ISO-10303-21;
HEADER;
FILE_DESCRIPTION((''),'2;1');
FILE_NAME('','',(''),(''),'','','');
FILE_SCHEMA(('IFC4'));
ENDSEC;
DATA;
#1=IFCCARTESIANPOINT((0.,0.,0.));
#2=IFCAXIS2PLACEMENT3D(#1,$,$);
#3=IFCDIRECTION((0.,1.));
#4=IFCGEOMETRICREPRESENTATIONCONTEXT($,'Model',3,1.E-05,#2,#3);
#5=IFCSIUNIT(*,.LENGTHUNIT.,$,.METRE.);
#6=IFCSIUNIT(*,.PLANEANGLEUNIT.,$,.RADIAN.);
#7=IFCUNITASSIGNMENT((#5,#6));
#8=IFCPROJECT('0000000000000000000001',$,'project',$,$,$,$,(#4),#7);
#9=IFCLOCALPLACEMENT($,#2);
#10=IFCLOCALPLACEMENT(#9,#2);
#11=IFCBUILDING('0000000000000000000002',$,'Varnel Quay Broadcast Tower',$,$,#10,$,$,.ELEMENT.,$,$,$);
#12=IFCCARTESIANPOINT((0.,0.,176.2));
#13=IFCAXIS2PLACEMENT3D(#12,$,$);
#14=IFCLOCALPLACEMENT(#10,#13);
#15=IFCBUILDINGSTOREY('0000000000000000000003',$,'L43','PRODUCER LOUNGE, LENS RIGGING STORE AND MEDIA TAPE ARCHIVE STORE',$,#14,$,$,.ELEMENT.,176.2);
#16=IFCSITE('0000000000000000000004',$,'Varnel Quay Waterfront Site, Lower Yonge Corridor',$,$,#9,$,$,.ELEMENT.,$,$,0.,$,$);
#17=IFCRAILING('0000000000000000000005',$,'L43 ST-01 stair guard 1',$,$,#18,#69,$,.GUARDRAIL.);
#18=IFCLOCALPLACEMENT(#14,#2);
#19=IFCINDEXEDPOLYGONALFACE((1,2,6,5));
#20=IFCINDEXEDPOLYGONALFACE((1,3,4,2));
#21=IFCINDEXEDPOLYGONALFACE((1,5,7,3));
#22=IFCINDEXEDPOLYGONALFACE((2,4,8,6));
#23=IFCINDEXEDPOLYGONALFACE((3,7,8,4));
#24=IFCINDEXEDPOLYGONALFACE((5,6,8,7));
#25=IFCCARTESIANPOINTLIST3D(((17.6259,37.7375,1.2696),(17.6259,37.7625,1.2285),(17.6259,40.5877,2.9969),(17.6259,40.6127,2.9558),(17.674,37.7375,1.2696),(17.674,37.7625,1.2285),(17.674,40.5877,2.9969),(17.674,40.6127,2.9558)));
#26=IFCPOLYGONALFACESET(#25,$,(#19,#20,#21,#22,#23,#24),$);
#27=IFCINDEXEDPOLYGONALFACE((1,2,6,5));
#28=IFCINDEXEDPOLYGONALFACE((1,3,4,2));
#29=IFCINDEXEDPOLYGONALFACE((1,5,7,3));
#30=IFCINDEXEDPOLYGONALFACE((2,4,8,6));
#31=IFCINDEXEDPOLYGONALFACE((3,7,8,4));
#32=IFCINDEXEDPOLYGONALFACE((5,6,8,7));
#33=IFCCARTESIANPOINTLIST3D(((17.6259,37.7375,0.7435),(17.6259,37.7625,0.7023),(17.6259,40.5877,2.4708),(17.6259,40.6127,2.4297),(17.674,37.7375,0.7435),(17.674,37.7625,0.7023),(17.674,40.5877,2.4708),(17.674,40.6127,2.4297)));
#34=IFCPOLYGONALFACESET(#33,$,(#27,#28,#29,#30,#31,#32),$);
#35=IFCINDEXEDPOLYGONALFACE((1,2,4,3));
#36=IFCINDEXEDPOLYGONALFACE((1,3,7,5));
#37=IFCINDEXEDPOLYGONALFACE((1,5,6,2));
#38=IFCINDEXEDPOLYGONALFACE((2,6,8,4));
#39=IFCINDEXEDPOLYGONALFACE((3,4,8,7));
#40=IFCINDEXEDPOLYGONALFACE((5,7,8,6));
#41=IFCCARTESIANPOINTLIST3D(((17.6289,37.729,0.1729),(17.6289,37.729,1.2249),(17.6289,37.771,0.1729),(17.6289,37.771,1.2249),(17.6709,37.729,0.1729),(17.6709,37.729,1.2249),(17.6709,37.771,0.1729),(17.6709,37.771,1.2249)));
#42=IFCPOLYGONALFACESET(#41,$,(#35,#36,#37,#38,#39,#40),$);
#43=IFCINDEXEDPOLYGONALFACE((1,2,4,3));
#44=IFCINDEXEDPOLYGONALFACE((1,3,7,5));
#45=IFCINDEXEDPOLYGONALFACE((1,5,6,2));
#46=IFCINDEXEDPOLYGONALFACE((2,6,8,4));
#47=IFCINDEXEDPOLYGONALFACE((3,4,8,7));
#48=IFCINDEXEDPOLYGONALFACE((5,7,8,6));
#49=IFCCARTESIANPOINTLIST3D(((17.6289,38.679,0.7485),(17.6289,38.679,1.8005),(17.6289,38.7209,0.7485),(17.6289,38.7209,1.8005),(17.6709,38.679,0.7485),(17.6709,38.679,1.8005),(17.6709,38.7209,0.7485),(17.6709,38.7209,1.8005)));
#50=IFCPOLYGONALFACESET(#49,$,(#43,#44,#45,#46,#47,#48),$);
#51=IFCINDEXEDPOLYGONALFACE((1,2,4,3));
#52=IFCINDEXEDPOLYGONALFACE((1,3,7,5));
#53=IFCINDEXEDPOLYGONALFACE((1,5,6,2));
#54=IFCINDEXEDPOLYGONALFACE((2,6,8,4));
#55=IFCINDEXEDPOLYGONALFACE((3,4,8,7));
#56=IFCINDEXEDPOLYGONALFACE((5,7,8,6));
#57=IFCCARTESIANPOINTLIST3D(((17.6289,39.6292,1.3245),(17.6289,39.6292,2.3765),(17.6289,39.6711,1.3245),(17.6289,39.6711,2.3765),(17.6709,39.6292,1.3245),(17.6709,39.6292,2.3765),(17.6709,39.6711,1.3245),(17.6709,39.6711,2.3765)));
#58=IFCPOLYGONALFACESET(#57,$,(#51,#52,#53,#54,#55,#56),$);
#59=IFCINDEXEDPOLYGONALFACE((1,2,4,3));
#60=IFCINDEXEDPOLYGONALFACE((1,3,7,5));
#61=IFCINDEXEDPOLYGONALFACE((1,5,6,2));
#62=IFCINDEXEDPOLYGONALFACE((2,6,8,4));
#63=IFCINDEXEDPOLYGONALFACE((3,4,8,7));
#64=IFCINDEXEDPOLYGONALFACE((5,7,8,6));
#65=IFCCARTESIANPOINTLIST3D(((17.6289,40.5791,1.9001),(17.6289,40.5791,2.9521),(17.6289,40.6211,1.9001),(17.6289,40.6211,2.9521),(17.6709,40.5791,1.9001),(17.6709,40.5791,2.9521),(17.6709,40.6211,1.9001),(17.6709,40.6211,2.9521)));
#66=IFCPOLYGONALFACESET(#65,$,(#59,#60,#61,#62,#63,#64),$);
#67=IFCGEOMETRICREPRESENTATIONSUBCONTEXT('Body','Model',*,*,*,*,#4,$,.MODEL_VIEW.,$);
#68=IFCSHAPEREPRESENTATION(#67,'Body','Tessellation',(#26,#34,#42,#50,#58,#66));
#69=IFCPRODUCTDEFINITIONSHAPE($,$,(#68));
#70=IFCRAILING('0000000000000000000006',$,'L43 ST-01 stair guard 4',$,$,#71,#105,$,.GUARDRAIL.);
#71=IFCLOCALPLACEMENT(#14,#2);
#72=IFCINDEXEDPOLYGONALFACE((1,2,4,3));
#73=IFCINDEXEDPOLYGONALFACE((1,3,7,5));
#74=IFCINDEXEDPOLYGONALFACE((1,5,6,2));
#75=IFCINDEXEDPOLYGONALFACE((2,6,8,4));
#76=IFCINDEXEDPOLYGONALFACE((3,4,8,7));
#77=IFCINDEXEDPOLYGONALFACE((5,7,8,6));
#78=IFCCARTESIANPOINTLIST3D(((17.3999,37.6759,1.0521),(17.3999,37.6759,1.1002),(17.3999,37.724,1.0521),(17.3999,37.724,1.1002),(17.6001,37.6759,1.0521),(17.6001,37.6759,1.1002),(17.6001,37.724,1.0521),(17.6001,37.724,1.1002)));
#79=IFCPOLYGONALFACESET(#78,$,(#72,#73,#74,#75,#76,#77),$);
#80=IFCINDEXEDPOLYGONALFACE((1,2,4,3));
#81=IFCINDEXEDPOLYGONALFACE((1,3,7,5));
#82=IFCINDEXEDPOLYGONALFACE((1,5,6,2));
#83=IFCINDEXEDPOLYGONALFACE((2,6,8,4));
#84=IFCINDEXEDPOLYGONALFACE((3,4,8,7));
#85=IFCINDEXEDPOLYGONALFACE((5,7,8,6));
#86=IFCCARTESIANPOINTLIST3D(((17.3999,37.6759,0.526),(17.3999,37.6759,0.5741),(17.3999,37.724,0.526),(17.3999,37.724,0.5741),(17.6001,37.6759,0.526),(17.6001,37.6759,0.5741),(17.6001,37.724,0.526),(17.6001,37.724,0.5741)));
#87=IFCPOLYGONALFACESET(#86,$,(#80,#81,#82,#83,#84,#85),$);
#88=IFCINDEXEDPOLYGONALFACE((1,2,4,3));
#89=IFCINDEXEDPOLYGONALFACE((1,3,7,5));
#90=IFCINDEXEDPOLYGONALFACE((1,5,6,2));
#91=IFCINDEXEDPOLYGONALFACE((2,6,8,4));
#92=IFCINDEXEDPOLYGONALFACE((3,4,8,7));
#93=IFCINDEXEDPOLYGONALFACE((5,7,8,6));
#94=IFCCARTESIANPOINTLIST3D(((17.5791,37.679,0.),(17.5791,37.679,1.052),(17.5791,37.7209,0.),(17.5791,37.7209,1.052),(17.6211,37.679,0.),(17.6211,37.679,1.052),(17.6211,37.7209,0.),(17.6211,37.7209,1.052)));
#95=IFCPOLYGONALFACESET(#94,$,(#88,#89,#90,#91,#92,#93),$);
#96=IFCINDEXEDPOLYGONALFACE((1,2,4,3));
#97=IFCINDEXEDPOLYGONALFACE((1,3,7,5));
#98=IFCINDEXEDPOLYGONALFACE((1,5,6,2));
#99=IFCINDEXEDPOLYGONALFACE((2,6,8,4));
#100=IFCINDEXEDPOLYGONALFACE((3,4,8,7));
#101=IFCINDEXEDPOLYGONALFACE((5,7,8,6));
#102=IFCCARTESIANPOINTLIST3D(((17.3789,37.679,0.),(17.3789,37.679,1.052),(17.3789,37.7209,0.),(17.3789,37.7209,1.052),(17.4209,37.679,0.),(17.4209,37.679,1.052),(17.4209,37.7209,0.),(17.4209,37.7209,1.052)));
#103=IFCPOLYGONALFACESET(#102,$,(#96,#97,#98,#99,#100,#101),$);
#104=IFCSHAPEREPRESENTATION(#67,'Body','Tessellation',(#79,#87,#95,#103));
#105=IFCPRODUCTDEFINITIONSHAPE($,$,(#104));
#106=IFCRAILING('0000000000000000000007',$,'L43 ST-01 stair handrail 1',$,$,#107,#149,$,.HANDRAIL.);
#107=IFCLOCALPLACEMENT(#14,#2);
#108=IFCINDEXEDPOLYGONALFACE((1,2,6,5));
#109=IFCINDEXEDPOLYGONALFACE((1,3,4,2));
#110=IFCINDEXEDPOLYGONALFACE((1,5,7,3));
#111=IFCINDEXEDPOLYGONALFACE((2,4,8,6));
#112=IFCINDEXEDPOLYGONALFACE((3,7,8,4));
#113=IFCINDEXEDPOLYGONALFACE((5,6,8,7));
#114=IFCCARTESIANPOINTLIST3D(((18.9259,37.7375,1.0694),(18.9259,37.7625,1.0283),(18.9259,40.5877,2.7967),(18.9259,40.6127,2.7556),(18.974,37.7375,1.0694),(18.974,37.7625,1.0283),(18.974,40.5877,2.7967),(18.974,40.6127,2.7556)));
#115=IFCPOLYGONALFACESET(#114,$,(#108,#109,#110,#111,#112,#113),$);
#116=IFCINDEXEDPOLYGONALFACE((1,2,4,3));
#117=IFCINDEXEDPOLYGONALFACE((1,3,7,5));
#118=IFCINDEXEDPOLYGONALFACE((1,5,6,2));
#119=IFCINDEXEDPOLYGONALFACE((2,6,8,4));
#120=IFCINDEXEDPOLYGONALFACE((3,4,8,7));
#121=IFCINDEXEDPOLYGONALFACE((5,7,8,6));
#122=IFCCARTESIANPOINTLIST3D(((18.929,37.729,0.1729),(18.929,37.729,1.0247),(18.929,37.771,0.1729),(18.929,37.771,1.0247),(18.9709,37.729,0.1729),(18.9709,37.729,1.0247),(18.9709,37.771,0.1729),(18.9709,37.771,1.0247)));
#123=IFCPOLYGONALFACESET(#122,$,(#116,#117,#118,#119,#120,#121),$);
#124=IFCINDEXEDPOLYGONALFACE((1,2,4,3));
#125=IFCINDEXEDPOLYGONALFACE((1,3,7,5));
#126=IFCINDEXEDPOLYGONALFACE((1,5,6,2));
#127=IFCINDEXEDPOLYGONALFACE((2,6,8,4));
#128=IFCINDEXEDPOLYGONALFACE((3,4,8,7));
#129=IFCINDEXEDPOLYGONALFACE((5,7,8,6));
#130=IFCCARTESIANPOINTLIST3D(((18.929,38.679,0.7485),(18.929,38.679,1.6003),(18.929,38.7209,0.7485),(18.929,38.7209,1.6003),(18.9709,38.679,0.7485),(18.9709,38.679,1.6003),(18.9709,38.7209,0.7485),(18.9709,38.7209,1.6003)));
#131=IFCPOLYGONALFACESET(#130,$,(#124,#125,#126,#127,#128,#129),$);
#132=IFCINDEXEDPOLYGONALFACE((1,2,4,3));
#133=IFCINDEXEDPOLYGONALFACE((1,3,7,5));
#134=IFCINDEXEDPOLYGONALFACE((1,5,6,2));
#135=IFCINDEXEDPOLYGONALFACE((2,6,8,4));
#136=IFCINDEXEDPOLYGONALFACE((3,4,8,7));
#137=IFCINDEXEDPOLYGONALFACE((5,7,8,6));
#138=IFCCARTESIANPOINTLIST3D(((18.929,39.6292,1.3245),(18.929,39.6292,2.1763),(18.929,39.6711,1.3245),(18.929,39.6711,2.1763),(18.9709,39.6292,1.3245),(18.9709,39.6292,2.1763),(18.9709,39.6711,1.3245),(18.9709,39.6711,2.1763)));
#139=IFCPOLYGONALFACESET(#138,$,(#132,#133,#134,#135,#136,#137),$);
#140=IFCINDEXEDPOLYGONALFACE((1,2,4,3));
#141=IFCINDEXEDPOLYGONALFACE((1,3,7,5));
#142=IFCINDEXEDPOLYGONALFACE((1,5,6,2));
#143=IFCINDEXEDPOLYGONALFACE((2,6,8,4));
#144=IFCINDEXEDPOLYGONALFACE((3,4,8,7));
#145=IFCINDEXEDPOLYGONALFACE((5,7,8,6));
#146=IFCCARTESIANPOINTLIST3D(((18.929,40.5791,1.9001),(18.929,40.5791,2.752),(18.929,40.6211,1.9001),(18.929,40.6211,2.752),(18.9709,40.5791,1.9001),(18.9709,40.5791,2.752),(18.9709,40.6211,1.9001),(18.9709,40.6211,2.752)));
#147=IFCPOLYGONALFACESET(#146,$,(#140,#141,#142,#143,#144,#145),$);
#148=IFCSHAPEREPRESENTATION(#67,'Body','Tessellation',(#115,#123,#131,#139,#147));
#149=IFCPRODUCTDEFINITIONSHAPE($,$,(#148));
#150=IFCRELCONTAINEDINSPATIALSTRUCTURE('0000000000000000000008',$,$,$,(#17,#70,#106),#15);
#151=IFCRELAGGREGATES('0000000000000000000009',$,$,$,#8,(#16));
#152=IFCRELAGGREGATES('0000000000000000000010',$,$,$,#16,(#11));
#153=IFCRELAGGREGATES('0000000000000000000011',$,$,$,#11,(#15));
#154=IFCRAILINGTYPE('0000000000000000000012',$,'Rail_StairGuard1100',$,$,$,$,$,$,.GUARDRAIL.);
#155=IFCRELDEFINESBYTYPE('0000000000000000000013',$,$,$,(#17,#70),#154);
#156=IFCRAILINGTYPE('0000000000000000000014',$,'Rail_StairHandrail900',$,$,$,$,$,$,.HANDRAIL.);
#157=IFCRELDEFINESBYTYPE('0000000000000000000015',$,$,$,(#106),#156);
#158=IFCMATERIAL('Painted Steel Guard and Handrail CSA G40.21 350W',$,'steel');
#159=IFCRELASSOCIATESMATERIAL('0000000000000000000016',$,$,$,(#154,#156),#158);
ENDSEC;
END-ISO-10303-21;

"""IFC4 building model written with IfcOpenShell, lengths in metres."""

from ifc_helpers import new_model, si_unit, direction, frame, origin, origin_2d, place, context, subcontext, project, spatial, rectangle, extrude, material, type_object, element, save


model = new_model("IFC4")

# Units and contexts
model_context = context("Model", 3, precision=1e-05, world=origin(), true_north=direction((0.0, 1.0)))
body_context = subcontext(model_context, "Body", "Model", "MODEL_VIEW")
ifc_project = project(units=[si_unit("LENGTHUNIT", "METRE"), si_unit("PLANEANGLEUNIT", "RADIAN")], contexts=[model_context])

# Site, building, storey
site_placement = place(None, origin())
site = spatial("IfcSite", under=ifc_project, at=site_placement, Name="Varnel Quay Waterfront Site, Lower Yonge Corridor", CompositionType="ELEMENT", RefElevation=0.0)
building_placement = place(site_placement, origin())
building = spatial("IfcBuilding", under=site, at=building_placement, Name="Varnel Quay Broadcast Tower", CompositionType="ELEMENT")
storey_placement = place(building_placement, frame((0.0, 0.0, 176.2)))
storey = spatial("IfcBuildingStorey", under=building, at=storey_placement, Name="L43", Description="PRODUCER LOUNGE, LENS RIGGING STORE AND MEDIA TAPE ARCHIVE STORE", CompositionType="ELEMENT", Elevation=176.2)

# Railings
ifc_material_1 = material(Name="Painted Steel Guard and Handrail CSA G40.21 350W", Category="steel")
railing_type_1 = type_object("IfcRailingType", Name="Rail_StairGuard1100", PredefinedType="GUARDRAIL", material=ifc_material_1)
railing_1_placement = place(storey_placement, frame((17.6499, 37.75, 0.1729)))
element("IfcRailing", 1, at=railing_1_placement, inside=storey, type_object=railing_type_1, Name="L43 ST-01 stair guard 1", PredefinedType="GUARDRAIL", context=body_context, shape_type="SweptSolid", body=[
    extrude(rectangle(XDim=0.0481, YDim=0.0481, at=origin_2d()), frame((0.0, 0.0, 1.0762), z_axis=(0.0, 0.855203, 0.518294), x_axis=(-1.0, 0.0, 0.0)), (0.0, 0.0, 1.0), 3.3328),
    extrude(rectangle(XDim=0.0481, YDim=0.0481, at=origin_2d()), frame((0.0, 0.0, 0.55), z_axis=(0.0, 0.855203, 0.518294), x_axis=(-1.0, 0.0, 0.0)), (0.0, 0.0, 1.0), 3.3328),
    extrude(rectangle(XDim=0.042, YDim=0.042, at=origin_2d()), origin(), (0.0, 0.0, 1.0), 1.052),
    extrude(rectangle(XDim=0.042, YDim=0.042, at=origin_2d()), frame((0.0, 0.95, 0.5757)), (0.0, 0.0, 1.0), 1.052),
    extrude(rectangle(XDim=0.042, YDim=0.042, at=origin_2d()), frame((0.0, 1.9001, 1.1516)), (0.0, 0.0, 1.0), 1.052),
    extrude(rectangle(XDim=0.042, YDim=0.042, at=origin_2d()), frame((0.0, 2.8501, 1.7273)), (0.0, 0.0, 1.0), 1.052),
])
railing_2_placement = place(storey_placement, frame((17.6001, 37.7, 0.0)))
element("IfcRailing", 2, at=railing_2_placement, inside=storey, type_object=railing_type_1, Name="L43 ST-01 stair guard 4", PredefinedType="GUARDRAIL", context=body_context, shape_type="SweptSolid", body=[
    extrude(rectangle(XDim=0.0481, YDim=0.0481, at=origin_2d()), frame((0.0, 0.0, 1.0762), z_axis=(-1.0, 0.0, 0.0), x_axis=(0.0, -1.0, 0.0)), (0.0, 0.0, 1.0), 0.2002),
    extrude(rectangle(XDim=0.0481, YDim=0.0481, at=origin_2d()), frame((0.0, 0.0, 0.55), z_axis=(-1.0, 0.0, 0.0), x_axis=(0.0, -1.0, 0.0)), (0.0, 0.0, 1.0), 0.2002),
    extrude(rectangle(XDim=0.042, YDim=0.042, at=origin_2d()), origin(), (0.0, 0.0, 1.0), 1.052),
    extrude(rectangle(XDim=0.042, YDim=0.042, at=origin_2d()), frame((-0.2002, 0.0, 0.0)), (0.0, 0.0, 1.0), 1.052),
])
railing_type_2 = type_object("IfcRailingType", Name="Rail_StairHandrail900", PredefinedType="HANDRAIL", material=ifc_material_1)
railing_3_placement = place(storey_placement, frame((18.95, 37.75, 0.1729)))
element("IfcRailing", 3, at=railing_3_placement, inside=storey, type_object=railing_type_2, Name="L43 ST-01 stair handrail 1", PredefinedType="HANDRAIL", context=body_context, shape_type="SweptSolid", body=[
    extrude(rectangle(XDim=0.0481, YDim=0.0481, at=origin_2d()), frame((0.0, 0.0, 0.876), z_axis=(0.0, 0.855203, 0.518294), x_axis=(-1.0, 0.0, 0.0)), (0.0, 0.0, 1.0), 3.3328),
    extrude(rectangle(XDim=0.042, YDim=0.042, at=origin_2d()), origin(), (0.0, 0.0, 1.0), 0.8518),
    extrude(rectangle(XDim=0.042, YDim=0.042, at=origin_2d()), frame((0.0, 0.95, 0.5757)), (0.0, 0.0, 1.0), 0.8518),
    extrude(rectangle(XDim=0.042, YDim=0.042, at=origin_2d()), frame((0.0, 1.9001, 1.1516)), (0.0, 0.0, 1.0), 0.8518),
    extrude(rectangle(XDim=0.042, YDim=0.042, at=origin_2d()), frame((0.0, 2.8501, 1.7273)), (0.0, 0.0, 1.0), 0.8518),
])

save(model, "model.ifc")
